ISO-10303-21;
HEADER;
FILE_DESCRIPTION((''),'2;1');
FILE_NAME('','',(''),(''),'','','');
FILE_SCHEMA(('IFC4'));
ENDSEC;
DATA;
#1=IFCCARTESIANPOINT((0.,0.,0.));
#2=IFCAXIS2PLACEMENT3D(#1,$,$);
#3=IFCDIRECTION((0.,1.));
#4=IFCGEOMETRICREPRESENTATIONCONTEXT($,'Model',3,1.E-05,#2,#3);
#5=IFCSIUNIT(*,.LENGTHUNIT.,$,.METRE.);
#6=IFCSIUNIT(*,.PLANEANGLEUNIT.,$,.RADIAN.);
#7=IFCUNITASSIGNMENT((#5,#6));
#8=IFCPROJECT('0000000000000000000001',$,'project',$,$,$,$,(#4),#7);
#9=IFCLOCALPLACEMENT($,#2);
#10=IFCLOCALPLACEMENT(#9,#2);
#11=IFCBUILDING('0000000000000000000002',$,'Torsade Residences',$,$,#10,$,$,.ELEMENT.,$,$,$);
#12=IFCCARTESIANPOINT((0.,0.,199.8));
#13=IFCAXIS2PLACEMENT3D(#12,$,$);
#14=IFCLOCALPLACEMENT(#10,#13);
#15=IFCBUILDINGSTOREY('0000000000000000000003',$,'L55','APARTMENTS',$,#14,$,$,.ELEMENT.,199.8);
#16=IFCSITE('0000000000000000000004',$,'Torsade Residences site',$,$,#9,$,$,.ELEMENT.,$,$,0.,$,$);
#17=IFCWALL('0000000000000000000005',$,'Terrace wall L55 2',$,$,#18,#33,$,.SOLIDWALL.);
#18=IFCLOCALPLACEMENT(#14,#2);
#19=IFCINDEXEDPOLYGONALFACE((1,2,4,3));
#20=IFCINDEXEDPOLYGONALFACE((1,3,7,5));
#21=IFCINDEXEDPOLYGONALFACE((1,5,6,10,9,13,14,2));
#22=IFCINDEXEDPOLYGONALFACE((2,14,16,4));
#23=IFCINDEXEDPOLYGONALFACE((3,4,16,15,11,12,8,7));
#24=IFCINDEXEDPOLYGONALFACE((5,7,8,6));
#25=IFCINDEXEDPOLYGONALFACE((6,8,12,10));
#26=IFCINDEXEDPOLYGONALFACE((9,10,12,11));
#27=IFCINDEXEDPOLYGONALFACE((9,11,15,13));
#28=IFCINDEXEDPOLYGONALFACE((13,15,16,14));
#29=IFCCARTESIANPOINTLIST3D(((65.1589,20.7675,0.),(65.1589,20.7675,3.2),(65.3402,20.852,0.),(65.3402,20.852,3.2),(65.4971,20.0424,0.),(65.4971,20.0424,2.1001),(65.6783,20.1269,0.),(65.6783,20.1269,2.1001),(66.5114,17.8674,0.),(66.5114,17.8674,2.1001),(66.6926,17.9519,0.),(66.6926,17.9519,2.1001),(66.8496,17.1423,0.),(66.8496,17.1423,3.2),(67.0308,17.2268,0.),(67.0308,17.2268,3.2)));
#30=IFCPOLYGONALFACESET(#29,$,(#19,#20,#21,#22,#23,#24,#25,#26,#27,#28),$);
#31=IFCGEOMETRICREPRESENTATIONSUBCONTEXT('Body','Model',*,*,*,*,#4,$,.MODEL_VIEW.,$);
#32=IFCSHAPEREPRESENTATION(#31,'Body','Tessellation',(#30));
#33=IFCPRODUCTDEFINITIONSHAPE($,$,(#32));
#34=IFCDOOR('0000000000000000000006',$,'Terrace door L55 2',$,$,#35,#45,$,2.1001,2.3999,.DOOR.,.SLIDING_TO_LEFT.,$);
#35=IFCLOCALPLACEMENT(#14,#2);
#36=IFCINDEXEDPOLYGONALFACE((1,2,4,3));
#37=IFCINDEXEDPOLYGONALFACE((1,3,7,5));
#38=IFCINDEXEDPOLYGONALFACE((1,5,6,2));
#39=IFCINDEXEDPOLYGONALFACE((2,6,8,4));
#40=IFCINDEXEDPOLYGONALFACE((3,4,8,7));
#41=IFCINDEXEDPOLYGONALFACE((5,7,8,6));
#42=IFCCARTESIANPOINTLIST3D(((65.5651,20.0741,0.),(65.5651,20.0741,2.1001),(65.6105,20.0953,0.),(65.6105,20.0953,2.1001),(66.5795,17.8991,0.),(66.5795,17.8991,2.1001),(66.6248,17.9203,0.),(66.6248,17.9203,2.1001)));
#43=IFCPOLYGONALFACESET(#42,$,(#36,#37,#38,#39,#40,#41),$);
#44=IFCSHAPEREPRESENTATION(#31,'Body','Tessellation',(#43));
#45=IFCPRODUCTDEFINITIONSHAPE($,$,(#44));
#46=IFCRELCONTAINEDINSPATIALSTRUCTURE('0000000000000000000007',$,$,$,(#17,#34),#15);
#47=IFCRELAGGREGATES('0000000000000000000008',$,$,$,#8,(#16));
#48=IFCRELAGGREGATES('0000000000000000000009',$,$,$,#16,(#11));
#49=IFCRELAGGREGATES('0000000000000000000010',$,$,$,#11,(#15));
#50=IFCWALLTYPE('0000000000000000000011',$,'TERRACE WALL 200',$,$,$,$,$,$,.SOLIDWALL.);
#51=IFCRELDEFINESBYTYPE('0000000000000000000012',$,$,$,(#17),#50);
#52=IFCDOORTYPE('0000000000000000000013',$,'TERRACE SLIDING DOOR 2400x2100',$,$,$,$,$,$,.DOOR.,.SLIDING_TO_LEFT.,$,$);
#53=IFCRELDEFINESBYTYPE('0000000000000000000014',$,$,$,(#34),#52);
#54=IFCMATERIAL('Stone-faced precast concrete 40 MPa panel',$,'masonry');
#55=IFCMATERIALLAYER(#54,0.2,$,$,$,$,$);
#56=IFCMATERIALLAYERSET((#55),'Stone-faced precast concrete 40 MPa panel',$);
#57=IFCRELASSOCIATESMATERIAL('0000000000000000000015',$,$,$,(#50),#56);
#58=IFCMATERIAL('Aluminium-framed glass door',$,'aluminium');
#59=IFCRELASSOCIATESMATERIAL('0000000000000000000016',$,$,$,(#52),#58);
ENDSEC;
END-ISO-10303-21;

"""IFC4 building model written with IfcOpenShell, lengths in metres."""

from ifc_helpers import new_model, si_unit, direction, frame, frame_2d, origin, place, context, subcontext, project, spatial, rectangle, extrude, material, layer, layer_set, type_object, element, fill, save


model = new_model("IFC4")

# Units and contexts
model_context = context("Model", 3, precision=1e-05, world=origin(), true_north=direction((0.0, 1.0)))
body_context = subcontext(model_context, "Body", "Model", "MODEL_VIEW")
ifc_project = project(units=[si_unit("LENGTHUNIT", "METRE"), si_unit("PLANEANGLEUNIT", "RADIAN")], contexts=[model_context])

# Site, building, storey
site_placement = place(None, origin())
site = spatial("IfcSite", under=ifc_project, at=site_placement, Name="Torsade Residences site", CompositionType="ELEMENT", RefElevation=0.0)
building_placement = place(site_placement, origin())
building = spatial("IfcBuilding", under=site, at=building_placement, Name="Torsade Residences", CompositionType="ELEMENT")
storey_placement = place(building_placement, frame((0.0, 0.0, 199.8)))
storey = spatial("IfcBuildingStorey", under=building, at=storey_placement, Name="L55", Description="APARTMENTS", CompositionType="ELEMENT", Elevation=199.8)

# Wall, opening, door
ifc_material_1 = material(Name="Stone-faced precast concrete 40 MPa panel", Category="masonry")
ifc_layer_1 = layer(ifc_material_1, 0.2)
ifc_layer_set_1 = layer_set([ifc_layer_1], Name="Stone-faced precast concrete 40 MPa panel")
wall_type_1 = type_object("IfcWallType", Name="TERRACE WALL 200", PredefinedType="SOLIDWALL", material=ifc_layer_set_1)
wall_1_placement = place(storey_placement, frame((66.9402, 17.1846, 0.0), z_axis=(0.0, 0.0, 1.0), x_axis=(-0.422658, 0.906289, 0.0)))
wall_1 = element("IfcWall", 1, at=wall_1_placement, inside=storey, type_object=wall_type_1, Name="Terrace wall L55 2", PredefinedType="SOLIDWALL", context=body_context, shape_type="SweptSolid", body=[
    extrude(rectangle(XDim=4.0, YDim=0.2, at=frame_2d((2.0, 0.0))), origin(), (0.0, 0.0, 1.0), 3.2),
])
opening_1_placement = place(wall_1_placement, frame((0.8, 0.0, 0.0)))
opening_1 = element("IfcOpeningElement", 2, at=opening_1_placement, cuts=wall_1, PredefinedType="OPENING", context=body_context, shape_type="SweptSolid", body=[
    extrude(rectangle(XDim=2.3999, YDim=2.1001, at=frame_2d((1.2, 1.05))), frame((0.0, 0.1099, 0.0), z_axis=(0.0, -1.0, 0.0), x_axis=(1.0, 0.0, 0.0)), (0.0, 0.0, 1.0), 0.22),
])
ifc_material_2 = material(Name="Aluminium-framed glass door", Category="aluminium")
door_type_1 = type_object("IfcDoorType", Name="TERRACE SLIDING DOOR 2400x2100", OperationType="SLIDING_TO_LEFT", PredefinedType="DOOR", material=ifc_material_2)
door_1_placement = place(opening_1_placement, origin())
door_1 = element("IfcDoor", 3, at=door_1_placement, inside=storey, type_object=door_type_1, Name="Terrace door L55 2", OperationType="SLIDING_TO_LEFT", OverallHeight=2.1001, OverallWidth=2.3999, PredefinedType="DOOR", context=body_context, shape_type="SweptSolid", body=[
    extrude(rectangle(XDim=2.3999, YDim=2.1001, at=frame_2d((1.2, 1.05))), frame((0.0, 0.0249, 0.0), z_axis=(0.0, -1.0, 0.0), x_axis=(1.0, 0.0, 0.0)), (0.0, 0.0, 1.0), 0.05),
])
fill(opening_1, door_1)

save(model, "model.ifc")
